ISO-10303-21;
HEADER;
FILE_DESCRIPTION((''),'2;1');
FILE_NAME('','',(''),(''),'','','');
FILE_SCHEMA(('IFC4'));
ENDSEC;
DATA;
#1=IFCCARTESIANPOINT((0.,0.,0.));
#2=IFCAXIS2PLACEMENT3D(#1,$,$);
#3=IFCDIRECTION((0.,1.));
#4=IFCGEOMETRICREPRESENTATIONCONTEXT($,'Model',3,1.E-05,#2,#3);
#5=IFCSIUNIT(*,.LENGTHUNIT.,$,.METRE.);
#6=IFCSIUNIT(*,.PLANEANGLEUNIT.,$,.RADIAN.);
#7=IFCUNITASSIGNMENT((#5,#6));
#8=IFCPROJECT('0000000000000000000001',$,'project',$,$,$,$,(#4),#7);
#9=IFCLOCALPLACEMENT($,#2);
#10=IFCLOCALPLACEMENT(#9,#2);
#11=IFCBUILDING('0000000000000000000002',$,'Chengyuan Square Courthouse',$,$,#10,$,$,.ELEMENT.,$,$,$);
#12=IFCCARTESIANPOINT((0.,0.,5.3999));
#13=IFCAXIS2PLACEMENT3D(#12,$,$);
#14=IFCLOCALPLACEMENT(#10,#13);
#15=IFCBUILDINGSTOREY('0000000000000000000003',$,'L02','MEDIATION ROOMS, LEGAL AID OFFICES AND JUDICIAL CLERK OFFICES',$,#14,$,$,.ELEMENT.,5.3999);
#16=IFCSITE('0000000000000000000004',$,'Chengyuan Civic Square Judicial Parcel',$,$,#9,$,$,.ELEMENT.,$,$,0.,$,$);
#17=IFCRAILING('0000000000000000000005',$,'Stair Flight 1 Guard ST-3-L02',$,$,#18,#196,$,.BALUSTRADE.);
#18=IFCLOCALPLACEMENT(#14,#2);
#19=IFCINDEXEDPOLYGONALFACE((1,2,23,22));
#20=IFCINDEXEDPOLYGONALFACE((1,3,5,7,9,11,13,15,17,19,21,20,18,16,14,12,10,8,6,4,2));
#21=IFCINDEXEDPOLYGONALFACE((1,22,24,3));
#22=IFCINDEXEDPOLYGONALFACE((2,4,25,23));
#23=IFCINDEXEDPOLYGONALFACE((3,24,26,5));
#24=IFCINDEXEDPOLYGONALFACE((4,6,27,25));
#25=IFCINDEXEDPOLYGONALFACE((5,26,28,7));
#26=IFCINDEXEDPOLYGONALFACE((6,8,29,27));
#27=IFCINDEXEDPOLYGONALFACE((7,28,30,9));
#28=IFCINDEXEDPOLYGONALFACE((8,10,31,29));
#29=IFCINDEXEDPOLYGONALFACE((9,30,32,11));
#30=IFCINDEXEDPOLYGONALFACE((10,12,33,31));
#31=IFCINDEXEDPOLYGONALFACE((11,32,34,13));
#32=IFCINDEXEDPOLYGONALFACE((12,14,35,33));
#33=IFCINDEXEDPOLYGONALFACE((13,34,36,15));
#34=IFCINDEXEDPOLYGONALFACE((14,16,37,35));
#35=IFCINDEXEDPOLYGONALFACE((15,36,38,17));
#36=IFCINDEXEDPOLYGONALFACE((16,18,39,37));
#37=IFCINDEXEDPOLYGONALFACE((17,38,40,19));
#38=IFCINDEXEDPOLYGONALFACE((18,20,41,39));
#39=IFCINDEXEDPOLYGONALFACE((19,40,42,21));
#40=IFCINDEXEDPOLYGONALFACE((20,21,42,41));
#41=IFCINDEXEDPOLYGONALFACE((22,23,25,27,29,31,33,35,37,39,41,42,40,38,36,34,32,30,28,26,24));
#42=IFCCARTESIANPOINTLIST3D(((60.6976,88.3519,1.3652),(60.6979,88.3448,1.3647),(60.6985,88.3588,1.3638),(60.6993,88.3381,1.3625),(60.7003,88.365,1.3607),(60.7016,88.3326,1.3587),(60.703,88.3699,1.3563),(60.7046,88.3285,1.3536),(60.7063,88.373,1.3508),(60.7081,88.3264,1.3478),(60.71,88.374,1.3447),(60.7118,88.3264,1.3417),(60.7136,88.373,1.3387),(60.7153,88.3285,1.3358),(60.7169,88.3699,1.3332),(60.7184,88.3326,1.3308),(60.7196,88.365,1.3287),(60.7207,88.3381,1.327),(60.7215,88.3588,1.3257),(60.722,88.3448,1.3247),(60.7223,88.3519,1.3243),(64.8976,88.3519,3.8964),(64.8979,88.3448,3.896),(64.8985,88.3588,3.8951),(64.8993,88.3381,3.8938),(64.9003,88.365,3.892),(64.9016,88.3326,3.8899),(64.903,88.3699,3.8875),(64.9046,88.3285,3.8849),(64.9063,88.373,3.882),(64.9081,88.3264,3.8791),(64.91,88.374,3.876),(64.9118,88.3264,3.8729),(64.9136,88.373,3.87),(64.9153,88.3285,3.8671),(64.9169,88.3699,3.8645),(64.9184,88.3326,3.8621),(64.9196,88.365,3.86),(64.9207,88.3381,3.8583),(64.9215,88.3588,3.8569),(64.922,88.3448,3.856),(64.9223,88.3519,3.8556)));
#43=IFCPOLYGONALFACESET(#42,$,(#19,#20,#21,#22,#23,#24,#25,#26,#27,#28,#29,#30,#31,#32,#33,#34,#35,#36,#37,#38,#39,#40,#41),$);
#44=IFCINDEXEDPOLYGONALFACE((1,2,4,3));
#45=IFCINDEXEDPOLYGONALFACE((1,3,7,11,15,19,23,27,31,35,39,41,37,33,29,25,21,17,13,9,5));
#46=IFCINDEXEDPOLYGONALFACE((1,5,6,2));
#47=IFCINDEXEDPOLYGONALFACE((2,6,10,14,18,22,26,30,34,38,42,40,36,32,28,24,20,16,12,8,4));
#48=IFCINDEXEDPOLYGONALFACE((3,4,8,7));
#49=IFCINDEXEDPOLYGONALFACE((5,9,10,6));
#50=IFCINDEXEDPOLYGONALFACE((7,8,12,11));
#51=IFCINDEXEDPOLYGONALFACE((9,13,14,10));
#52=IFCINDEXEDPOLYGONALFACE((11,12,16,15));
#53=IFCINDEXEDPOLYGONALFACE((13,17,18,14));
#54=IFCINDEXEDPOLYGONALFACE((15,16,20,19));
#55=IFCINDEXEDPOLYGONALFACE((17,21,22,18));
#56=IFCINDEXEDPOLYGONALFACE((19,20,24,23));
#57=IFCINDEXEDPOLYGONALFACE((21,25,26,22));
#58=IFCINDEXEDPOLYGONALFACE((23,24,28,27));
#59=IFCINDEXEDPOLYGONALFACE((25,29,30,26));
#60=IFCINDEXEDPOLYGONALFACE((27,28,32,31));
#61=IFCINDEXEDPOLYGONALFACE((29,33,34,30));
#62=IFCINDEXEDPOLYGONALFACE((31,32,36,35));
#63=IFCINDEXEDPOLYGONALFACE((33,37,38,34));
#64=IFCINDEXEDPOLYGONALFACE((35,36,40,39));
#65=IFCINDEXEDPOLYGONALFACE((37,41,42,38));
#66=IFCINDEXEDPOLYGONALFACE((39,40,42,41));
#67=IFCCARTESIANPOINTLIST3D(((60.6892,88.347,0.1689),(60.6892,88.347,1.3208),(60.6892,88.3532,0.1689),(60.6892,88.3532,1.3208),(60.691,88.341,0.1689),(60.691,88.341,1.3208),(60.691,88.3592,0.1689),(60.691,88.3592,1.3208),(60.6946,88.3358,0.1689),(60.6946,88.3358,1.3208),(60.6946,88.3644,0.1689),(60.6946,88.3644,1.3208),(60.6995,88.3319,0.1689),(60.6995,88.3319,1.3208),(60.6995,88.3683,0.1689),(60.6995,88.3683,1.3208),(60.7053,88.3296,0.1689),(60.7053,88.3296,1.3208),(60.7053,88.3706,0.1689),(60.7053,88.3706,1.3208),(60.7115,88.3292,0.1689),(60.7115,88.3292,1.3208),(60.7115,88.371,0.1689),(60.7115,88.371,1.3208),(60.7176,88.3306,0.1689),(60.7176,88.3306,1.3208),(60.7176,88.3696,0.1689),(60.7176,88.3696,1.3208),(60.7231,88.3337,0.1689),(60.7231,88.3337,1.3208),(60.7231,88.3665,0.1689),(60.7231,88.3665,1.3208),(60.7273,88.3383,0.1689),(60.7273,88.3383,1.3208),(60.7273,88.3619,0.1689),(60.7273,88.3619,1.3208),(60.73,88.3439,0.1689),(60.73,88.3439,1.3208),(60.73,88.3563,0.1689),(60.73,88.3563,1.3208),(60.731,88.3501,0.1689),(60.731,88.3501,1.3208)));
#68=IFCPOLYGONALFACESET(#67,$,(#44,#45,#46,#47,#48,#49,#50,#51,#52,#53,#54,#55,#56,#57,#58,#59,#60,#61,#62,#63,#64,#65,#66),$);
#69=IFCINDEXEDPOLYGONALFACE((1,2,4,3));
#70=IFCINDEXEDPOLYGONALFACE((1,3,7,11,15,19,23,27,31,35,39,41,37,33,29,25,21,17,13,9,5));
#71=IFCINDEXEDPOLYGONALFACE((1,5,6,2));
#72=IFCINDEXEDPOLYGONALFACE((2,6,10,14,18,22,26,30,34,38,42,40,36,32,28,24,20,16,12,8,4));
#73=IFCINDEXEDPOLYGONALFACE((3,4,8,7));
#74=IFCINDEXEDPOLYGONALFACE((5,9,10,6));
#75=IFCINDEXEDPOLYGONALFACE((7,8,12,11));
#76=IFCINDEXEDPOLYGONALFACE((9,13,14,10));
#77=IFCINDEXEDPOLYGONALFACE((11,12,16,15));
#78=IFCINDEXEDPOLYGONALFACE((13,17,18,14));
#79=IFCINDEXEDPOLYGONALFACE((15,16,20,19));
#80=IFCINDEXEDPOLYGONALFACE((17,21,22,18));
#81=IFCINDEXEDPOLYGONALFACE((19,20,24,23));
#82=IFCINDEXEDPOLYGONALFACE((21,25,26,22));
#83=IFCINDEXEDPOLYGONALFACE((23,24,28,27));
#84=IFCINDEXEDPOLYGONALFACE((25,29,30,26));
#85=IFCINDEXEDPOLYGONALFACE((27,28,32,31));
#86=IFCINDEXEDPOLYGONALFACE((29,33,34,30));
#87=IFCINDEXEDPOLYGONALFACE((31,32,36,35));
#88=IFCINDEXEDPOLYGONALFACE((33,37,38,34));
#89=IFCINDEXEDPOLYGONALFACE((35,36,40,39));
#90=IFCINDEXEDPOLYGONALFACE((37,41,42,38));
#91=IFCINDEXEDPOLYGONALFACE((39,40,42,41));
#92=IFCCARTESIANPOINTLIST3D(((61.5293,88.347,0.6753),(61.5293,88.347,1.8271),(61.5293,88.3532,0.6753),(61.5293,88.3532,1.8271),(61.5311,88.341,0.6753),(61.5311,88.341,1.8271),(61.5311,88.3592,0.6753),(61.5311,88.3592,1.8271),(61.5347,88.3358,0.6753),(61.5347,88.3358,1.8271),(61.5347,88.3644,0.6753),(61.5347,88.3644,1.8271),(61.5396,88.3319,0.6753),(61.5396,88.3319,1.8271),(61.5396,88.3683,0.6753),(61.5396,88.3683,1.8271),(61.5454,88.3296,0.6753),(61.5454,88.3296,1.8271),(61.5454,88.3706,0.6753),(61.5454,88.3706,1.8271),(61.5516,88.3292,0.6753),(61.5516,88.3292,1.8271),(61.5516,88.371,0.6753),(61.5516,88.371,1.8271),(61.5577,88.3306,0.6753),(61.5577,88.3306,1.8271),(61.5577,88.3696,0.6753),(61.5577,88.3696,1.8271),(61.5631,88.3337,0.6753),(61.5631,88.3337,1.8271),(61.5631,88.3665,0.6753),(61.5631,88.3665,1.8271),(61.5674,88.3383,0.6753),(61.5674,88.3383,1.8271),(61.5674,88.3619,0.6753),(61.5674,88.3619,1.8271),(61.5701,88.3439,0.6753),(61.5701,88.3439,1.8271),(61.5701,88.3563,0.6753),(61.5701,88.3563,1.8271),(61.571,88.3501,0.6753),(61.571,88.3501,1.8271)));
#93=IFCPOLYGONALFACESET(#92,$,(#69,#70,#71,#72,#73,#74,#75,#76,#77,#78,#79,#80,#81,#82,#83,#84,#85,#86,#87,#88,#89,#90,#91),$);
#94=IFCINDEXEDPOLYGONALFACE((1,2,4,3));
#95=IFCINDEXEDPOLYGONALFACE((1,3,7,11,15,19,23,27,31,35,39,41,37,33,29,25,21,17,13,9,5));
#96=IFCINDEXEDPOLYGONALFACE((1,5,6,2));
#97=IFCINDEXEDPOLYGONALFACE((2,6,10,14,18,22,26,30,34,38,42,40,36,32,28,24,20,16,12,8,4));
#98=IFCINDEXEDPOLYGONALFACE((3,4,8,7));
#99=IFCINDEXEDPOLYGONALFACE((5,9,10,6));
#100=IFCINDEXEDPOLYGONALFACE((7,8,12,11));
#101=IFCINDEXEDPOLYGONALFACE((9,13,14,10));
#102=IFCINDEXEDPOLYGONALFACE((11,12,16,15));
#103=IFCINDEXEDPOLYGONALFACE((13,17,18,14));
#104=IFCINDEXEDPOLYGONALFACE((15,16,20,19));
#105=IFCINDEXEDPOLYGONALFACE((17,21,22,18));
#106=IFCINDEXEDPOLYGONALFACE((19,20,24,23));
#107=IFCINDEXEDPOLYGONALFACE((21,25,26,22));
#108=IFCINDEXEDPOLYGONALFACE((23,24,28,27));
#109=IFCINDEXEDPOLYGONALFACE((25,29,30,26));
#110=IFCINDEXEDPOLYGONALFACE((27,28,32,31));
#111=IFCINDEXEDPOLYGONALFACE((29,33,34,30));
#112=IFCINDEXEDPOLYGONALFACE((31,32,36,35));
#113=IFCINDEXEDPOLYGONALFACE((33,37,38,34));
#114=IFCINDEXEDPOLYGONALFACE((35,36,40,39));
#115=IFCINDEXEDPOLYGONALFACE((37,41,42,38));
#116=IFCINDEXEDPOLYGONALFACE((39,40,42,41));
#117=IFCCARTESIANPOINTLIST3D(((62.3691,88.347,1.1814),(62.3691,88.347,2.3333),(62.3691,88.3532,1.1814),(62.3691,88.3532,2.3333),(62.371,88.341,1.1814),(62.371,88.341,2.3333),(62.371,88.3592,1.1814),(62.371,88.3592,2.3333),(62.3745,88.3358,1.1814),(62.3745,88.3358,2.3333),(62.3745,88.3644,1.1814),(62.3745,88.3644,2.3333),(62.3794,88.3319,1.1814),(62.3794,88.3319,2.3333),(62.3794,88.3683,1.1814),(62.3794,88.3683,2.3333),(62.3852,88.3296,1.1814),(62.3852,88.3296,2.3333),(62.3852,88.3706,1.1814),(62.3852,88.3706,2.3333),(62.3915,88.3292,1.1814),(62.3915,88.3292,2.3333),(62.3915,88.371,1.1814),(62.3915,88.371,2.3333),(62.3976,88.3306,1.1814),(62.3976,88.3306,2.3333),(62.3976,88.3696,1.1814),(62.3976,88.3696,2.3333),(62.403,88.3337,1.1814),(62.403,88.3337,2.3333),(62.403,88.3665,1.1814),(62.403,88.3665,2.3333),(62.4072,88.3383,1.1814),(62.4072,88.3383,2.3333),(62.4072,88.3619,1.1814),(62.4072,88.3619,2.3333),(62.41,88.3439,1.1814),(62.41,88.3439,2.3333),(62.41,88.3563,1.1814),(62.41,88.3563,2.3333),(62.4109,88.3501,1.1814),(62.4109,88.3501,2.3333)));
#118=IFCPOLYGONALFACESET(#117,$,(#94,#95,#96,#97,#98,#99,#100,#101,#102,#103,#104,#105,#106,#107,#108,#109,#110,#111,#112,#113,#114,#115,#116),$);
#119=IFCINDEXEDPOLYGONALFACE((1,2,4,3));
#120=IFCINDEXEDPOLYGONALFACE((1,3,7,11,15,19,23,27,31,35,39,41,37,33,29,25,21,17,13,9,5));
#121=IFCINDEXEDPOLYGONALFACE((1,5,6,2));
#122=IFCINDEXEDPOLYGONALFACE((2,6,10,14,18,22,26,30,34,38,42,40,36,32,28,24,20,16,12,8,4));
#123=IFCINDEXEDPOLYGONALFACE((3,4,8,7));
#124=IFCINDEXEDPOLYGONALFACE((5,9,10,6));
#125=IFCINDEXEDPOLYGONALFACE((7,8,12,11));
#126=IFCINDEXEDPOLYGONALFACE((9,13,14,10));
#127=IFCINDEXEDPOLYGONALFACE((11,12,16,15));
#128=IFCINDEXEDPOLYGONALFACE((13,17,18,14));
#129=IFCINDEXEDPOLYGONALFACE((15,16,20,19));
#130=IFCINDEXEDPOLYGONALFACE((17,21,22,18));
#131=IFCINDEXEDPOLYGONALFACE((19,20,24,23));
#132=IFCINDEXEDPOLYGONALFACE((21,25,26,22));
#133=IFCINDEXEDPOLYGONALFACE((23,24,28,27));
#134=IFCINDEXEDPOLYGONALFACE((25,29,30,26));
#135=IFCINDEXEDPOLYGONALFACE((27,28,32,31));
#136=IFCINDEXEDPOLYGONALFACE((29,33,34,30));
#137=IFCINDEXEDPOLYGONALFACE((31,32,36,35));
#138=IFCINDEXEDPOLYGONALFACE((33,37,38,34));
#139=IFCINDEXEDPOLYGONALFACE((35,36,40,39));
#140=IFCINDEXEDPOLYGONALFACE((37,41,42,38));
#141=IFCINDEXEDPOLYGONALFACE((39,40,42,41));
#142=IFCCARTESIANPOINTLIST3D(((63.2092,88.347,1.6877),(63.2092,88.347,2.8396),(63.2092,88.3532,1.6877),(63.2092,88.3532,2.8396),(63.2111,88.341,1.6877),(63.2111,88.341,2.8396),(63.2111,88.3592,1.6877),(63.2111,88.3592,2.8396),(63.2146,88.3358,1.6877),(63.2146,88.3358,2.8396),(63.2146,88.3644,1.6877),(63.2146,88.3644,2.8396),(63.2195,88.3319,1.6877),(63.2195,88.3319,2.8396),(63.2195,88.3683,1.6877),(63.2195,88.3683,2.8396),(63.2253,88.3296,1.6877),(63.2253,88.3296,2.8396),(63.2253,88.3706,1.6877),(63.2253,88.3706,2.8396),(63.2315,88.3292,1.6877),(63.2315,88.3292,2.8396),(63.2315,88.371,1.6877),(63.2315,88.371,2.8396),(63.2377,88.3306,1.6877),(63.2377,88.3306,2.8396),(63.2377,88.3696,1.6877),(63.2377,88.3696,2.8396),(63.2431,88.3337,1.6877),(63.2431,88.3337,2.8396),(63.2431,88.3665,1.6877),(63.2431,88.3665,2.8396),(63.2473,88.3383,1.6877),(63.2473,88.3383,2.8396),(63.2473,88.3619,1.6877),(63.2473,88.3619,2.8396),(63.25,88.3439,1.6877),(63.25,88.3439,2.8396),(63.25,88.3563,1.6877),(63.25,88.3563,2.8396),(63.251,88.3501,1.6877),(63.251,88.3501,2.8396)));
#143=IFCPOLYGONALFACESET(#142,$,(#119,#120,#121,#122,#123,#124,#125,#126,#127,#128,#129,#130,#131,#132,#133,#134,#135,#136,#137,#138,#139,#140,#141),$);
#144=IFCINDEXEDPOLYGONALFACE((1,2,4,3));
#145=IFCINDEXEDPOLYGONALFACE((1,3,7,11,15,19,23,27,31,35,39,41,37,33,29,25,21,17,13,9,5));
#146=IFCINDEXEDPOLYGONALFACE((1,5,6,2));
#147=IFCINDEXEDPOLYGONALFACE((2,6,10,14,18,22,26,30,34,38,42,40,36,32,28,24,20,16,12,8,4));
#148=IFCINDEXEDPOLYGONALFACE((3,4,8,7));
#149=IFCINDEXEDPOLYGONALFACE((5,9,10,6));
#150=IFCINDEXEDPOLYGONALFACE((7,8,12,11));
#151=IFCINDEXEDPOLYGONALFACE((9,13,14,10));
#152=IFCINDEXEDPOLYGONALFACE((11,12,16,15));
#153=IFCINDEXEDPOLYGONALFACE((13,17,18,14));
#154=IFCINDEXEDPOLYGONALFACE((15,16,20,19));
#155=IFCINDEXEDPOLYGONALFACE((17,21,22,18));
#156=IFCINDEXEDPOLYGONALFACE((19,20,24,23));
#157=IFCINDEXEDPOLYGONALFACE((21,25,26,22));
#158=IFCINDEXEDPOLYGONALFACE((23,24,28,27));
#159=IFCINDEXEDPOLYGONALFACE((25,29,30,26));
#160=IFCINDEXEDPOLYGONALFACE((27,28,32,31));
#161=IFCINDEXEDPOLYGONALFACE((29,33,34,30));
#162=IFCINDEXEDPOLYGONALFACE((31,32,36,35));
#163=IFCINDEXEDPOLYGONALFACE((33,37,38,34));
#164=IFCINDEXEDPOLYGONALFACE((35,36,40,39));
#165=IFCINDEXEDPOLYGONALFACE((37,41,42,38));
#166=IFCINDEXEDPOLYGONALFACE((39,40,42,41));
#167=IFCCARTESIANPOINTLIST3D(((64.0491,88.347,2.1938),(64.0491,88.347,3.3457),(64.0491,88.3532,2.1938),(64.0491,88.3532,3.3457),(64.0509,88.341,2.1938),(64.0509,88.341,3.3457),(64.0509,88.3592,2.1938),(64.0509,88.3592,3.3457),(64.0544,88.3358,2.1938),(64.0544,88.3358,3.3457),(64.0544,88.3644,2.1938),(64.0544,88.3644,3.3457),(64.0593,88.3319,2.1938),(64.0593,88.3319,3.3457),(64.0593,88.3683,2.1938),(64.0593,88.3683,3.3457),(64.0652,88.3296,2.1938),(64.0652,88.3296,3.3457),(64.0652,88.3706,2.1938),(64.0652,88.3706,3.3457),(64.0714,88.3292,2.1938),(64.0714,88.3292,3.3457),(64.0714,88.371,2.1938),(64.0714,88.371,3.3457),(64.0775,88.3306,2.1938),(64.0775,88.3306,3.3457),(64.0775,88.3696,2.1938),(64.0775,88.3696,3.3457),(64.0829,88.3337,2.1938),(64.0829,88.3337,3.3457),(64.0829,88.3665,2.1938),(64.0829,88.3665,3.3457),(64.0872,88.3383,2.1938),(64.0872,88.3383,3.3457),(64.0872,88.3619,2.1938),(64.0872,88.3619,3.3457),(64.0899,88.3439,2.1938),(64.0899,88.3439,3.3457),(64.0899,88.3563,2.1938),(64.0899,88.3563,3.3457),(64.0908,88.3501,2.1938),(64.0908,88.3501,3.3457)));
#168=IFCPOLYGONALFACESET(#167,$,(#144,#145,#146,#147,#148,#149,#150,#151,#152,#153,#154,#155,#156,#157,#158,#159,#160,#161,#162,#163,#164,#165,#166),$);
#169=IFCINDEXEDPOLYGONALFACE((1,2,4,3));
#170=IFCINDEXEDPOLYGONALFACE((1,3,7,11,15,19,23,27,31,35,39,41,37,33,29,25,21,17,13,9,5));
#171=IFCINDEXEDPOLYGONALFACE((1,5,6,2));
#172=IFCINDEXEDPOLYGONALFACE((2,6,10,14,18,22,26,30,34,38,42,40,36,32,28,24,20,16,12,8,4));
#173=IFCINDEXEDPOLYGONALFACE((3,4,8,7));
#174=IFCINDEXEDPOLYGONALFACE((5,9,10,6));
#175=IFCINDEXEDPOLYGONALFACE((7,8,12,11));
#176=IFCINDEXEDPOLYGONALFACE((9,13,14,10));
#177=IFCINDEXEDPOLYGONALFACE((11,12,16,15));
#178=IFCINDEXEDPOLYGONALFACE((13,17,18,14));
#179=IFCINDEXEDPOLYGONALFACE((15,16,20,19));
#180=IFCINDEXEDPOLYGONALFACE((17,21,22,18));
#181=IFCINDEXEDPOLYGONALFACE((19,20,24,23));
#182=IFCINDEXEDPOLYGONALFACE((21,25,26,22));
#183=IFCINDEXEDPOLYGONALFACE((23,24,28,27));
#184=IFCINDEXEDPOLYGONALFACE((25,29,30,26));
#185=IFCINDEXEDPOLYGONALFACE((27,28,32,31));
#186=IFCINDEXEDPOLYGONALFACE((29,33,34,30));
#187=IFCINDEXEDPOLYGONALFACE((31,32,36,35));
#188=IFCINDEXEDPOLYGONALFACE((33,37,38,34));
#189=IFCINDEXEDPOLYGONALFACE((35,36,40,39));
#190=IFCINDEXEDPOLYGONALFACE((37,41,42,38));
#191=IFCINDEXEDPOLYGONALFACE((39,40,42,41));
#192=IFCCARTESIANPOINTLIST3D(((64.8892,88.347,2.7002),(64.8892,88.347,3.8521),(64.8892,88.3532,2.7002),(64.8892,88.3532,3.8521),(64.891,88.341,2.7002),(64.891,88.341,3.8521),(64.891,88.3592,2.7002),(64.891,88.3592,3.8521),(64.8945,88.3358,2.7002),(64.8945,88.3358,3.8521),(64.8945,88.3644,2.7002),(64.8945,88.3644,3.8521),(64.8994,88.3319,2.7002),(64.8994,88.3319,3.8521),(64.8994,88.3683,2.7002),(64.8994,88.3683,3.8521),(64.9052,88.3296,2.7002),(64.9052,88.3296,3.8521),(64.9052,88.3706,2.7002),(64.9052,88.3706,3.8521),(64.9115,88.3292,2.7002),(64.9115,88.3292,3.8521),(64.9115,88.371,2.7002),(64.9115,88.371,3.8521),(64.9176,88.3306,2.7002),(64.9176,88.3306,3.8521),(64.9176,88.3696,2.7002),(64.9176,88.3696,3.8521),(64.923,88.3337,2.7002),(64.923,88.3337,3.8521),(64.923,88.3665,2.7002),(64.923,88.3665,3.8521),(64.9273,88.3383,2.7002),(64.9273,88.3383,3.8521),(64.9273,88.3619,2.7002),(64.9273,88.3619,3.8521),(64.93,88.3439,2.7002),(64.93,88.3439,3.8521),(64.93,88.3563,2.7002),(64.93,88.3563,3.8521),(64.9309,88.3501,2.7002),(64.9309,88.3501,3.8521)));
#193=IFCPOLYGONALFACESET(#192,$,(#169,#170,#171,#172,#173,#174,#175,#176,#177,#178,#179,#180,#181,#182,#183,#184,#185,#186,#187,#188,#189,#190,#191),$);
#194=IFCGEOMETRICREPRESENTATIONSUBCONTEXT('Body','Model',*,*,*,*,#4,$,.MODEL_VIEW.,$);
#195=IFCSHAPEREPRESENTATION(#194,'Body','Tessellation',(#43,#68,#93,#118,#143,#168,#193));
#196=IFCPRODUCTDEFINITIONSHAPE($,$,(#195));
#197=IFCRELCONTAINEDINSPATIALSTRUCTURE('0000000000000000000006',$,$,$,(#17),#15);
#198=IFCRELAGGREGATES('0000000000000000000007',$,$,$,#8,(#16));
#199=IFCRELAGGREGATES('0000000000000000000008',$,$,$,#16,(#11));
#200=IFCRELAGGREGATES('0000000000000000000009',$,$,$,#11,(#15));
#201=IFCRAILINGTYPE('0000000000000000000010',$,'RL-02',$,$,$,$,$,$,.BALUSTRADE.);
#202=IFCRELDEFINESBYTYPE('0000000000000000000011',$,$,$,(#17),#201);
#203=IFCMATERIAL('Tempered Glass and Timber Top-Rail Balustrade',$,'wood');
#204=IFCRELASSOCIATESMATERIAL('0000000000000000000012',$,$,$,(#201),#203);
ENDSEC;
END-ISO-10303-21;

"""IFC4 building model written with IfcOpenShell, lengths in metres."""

from ifc_helpers import new_model, si_unit, direction, frame, origin, origin_2d, place, context, subcontext, project, spatial, circle, extrude, material, type_object, element, save


model = new_model("IFC4")

# Units and contexts
model_context = context("Model", 3, precision=1e-05, world=origin(), true_north=direction((0.0, 1.0)))
body_context = subcontext(model_context, "Body", "Model", "MODEL_VIEW")
ifc_project = project(units=[si_unit("LENGTHUNIT", "METRE"), si_unit("PLANEANGLEUNIT", "RADIAN")], contexts=[model_context])

# Site, building, storey
site_placement = place(None, origin())
site = spatial("IfcSite", under=ifc_project, at=site_placement, Name="Chengyuan Civic Square Judicial Parcel", CompositionType="ELEMENT", RefElevation=0.0)
building_placement = place(site_placement, origin())
building = spatial("IfcBuilding", under=site, at=building_placement, Name="Chengyuan Square Courthouse", CompositionType="ELEMENT")
storey_placement = place(building_placement, frame((0.0, 0.0, 5.3999)))
storey = spatial("IfcBuildingStorey", under=building, at=storey_placement, Name="L02", Description="MEDIATION ROOMS, LEGAL AID OFFICES AND JUDICIAL CLERK OFFICES", CompositionType="ELEMENT", Elevation=5.3999)

# Railing
ifc_material_1 = material(Name="Tempered Glass and Timber Top-Rail Balustrade", Category="wood")
railing_type_1 = type_object("IfcRailingType", Name="RL-02", PredefinedType="BALUSTRADE", material=ifc_material_1)
railing_1_placement = place(storey_placement, frame((60.71, 88.3501, 0.1689)))
element("IfcRailing", 1, at=railing_1_placement, inside=storey, type_object=railing_type_1, Name="Stair Flight 1 Guard ST-3-L02", PredefinedType="BALUSTRADE", context=body_context, shape_type="SweptSolid", body=[
    extrude(circle(Radius=0.0239, at=origin_2d()), frame((0.0, 0.0, 1.1758), z_axis=(0.856476, 0.0, 0.516186), x_axis=(0.0, 1.0, 0.0)), (0.0, 0.0, 1.0), 4.9038),
    extrude(circle(Radius=0.021, at=origin_2d()), origin(), (0.0, 0.0, 1.0), 1.1519),
    extrude(circle(Radius=0.021, at=origin_2d()), frame((0.8401, 0.0, 0.5063)), (0.0, 0.0, 1.0), 1.1519),
    extrude(circle(Radius=0.021, at=origin_2d()), frame((1.6799, 0.0, 1.0125)), (0.0, 0.0, 1.0), 1.1519),
    extrude(circle(Radius=0.021, at=origin_2d()), frame((2.52, 0.0, 1.5188)), (0.0, 0.0, 1.0), 1.1519),
    extrude(circle(Radius=0.021, at=origin_2d()), frame((3.3599, 0.0, 2.0249)), (0.0, 0.0, 1.0), 1.1519),
    extrude(circle(Radius=0.021, at=origin_2d()), frame((4.2, 0.0, 2.5312)), (0.0, 0.0, 1.0), 1.1519),
])

save(model, "model.ifc")
